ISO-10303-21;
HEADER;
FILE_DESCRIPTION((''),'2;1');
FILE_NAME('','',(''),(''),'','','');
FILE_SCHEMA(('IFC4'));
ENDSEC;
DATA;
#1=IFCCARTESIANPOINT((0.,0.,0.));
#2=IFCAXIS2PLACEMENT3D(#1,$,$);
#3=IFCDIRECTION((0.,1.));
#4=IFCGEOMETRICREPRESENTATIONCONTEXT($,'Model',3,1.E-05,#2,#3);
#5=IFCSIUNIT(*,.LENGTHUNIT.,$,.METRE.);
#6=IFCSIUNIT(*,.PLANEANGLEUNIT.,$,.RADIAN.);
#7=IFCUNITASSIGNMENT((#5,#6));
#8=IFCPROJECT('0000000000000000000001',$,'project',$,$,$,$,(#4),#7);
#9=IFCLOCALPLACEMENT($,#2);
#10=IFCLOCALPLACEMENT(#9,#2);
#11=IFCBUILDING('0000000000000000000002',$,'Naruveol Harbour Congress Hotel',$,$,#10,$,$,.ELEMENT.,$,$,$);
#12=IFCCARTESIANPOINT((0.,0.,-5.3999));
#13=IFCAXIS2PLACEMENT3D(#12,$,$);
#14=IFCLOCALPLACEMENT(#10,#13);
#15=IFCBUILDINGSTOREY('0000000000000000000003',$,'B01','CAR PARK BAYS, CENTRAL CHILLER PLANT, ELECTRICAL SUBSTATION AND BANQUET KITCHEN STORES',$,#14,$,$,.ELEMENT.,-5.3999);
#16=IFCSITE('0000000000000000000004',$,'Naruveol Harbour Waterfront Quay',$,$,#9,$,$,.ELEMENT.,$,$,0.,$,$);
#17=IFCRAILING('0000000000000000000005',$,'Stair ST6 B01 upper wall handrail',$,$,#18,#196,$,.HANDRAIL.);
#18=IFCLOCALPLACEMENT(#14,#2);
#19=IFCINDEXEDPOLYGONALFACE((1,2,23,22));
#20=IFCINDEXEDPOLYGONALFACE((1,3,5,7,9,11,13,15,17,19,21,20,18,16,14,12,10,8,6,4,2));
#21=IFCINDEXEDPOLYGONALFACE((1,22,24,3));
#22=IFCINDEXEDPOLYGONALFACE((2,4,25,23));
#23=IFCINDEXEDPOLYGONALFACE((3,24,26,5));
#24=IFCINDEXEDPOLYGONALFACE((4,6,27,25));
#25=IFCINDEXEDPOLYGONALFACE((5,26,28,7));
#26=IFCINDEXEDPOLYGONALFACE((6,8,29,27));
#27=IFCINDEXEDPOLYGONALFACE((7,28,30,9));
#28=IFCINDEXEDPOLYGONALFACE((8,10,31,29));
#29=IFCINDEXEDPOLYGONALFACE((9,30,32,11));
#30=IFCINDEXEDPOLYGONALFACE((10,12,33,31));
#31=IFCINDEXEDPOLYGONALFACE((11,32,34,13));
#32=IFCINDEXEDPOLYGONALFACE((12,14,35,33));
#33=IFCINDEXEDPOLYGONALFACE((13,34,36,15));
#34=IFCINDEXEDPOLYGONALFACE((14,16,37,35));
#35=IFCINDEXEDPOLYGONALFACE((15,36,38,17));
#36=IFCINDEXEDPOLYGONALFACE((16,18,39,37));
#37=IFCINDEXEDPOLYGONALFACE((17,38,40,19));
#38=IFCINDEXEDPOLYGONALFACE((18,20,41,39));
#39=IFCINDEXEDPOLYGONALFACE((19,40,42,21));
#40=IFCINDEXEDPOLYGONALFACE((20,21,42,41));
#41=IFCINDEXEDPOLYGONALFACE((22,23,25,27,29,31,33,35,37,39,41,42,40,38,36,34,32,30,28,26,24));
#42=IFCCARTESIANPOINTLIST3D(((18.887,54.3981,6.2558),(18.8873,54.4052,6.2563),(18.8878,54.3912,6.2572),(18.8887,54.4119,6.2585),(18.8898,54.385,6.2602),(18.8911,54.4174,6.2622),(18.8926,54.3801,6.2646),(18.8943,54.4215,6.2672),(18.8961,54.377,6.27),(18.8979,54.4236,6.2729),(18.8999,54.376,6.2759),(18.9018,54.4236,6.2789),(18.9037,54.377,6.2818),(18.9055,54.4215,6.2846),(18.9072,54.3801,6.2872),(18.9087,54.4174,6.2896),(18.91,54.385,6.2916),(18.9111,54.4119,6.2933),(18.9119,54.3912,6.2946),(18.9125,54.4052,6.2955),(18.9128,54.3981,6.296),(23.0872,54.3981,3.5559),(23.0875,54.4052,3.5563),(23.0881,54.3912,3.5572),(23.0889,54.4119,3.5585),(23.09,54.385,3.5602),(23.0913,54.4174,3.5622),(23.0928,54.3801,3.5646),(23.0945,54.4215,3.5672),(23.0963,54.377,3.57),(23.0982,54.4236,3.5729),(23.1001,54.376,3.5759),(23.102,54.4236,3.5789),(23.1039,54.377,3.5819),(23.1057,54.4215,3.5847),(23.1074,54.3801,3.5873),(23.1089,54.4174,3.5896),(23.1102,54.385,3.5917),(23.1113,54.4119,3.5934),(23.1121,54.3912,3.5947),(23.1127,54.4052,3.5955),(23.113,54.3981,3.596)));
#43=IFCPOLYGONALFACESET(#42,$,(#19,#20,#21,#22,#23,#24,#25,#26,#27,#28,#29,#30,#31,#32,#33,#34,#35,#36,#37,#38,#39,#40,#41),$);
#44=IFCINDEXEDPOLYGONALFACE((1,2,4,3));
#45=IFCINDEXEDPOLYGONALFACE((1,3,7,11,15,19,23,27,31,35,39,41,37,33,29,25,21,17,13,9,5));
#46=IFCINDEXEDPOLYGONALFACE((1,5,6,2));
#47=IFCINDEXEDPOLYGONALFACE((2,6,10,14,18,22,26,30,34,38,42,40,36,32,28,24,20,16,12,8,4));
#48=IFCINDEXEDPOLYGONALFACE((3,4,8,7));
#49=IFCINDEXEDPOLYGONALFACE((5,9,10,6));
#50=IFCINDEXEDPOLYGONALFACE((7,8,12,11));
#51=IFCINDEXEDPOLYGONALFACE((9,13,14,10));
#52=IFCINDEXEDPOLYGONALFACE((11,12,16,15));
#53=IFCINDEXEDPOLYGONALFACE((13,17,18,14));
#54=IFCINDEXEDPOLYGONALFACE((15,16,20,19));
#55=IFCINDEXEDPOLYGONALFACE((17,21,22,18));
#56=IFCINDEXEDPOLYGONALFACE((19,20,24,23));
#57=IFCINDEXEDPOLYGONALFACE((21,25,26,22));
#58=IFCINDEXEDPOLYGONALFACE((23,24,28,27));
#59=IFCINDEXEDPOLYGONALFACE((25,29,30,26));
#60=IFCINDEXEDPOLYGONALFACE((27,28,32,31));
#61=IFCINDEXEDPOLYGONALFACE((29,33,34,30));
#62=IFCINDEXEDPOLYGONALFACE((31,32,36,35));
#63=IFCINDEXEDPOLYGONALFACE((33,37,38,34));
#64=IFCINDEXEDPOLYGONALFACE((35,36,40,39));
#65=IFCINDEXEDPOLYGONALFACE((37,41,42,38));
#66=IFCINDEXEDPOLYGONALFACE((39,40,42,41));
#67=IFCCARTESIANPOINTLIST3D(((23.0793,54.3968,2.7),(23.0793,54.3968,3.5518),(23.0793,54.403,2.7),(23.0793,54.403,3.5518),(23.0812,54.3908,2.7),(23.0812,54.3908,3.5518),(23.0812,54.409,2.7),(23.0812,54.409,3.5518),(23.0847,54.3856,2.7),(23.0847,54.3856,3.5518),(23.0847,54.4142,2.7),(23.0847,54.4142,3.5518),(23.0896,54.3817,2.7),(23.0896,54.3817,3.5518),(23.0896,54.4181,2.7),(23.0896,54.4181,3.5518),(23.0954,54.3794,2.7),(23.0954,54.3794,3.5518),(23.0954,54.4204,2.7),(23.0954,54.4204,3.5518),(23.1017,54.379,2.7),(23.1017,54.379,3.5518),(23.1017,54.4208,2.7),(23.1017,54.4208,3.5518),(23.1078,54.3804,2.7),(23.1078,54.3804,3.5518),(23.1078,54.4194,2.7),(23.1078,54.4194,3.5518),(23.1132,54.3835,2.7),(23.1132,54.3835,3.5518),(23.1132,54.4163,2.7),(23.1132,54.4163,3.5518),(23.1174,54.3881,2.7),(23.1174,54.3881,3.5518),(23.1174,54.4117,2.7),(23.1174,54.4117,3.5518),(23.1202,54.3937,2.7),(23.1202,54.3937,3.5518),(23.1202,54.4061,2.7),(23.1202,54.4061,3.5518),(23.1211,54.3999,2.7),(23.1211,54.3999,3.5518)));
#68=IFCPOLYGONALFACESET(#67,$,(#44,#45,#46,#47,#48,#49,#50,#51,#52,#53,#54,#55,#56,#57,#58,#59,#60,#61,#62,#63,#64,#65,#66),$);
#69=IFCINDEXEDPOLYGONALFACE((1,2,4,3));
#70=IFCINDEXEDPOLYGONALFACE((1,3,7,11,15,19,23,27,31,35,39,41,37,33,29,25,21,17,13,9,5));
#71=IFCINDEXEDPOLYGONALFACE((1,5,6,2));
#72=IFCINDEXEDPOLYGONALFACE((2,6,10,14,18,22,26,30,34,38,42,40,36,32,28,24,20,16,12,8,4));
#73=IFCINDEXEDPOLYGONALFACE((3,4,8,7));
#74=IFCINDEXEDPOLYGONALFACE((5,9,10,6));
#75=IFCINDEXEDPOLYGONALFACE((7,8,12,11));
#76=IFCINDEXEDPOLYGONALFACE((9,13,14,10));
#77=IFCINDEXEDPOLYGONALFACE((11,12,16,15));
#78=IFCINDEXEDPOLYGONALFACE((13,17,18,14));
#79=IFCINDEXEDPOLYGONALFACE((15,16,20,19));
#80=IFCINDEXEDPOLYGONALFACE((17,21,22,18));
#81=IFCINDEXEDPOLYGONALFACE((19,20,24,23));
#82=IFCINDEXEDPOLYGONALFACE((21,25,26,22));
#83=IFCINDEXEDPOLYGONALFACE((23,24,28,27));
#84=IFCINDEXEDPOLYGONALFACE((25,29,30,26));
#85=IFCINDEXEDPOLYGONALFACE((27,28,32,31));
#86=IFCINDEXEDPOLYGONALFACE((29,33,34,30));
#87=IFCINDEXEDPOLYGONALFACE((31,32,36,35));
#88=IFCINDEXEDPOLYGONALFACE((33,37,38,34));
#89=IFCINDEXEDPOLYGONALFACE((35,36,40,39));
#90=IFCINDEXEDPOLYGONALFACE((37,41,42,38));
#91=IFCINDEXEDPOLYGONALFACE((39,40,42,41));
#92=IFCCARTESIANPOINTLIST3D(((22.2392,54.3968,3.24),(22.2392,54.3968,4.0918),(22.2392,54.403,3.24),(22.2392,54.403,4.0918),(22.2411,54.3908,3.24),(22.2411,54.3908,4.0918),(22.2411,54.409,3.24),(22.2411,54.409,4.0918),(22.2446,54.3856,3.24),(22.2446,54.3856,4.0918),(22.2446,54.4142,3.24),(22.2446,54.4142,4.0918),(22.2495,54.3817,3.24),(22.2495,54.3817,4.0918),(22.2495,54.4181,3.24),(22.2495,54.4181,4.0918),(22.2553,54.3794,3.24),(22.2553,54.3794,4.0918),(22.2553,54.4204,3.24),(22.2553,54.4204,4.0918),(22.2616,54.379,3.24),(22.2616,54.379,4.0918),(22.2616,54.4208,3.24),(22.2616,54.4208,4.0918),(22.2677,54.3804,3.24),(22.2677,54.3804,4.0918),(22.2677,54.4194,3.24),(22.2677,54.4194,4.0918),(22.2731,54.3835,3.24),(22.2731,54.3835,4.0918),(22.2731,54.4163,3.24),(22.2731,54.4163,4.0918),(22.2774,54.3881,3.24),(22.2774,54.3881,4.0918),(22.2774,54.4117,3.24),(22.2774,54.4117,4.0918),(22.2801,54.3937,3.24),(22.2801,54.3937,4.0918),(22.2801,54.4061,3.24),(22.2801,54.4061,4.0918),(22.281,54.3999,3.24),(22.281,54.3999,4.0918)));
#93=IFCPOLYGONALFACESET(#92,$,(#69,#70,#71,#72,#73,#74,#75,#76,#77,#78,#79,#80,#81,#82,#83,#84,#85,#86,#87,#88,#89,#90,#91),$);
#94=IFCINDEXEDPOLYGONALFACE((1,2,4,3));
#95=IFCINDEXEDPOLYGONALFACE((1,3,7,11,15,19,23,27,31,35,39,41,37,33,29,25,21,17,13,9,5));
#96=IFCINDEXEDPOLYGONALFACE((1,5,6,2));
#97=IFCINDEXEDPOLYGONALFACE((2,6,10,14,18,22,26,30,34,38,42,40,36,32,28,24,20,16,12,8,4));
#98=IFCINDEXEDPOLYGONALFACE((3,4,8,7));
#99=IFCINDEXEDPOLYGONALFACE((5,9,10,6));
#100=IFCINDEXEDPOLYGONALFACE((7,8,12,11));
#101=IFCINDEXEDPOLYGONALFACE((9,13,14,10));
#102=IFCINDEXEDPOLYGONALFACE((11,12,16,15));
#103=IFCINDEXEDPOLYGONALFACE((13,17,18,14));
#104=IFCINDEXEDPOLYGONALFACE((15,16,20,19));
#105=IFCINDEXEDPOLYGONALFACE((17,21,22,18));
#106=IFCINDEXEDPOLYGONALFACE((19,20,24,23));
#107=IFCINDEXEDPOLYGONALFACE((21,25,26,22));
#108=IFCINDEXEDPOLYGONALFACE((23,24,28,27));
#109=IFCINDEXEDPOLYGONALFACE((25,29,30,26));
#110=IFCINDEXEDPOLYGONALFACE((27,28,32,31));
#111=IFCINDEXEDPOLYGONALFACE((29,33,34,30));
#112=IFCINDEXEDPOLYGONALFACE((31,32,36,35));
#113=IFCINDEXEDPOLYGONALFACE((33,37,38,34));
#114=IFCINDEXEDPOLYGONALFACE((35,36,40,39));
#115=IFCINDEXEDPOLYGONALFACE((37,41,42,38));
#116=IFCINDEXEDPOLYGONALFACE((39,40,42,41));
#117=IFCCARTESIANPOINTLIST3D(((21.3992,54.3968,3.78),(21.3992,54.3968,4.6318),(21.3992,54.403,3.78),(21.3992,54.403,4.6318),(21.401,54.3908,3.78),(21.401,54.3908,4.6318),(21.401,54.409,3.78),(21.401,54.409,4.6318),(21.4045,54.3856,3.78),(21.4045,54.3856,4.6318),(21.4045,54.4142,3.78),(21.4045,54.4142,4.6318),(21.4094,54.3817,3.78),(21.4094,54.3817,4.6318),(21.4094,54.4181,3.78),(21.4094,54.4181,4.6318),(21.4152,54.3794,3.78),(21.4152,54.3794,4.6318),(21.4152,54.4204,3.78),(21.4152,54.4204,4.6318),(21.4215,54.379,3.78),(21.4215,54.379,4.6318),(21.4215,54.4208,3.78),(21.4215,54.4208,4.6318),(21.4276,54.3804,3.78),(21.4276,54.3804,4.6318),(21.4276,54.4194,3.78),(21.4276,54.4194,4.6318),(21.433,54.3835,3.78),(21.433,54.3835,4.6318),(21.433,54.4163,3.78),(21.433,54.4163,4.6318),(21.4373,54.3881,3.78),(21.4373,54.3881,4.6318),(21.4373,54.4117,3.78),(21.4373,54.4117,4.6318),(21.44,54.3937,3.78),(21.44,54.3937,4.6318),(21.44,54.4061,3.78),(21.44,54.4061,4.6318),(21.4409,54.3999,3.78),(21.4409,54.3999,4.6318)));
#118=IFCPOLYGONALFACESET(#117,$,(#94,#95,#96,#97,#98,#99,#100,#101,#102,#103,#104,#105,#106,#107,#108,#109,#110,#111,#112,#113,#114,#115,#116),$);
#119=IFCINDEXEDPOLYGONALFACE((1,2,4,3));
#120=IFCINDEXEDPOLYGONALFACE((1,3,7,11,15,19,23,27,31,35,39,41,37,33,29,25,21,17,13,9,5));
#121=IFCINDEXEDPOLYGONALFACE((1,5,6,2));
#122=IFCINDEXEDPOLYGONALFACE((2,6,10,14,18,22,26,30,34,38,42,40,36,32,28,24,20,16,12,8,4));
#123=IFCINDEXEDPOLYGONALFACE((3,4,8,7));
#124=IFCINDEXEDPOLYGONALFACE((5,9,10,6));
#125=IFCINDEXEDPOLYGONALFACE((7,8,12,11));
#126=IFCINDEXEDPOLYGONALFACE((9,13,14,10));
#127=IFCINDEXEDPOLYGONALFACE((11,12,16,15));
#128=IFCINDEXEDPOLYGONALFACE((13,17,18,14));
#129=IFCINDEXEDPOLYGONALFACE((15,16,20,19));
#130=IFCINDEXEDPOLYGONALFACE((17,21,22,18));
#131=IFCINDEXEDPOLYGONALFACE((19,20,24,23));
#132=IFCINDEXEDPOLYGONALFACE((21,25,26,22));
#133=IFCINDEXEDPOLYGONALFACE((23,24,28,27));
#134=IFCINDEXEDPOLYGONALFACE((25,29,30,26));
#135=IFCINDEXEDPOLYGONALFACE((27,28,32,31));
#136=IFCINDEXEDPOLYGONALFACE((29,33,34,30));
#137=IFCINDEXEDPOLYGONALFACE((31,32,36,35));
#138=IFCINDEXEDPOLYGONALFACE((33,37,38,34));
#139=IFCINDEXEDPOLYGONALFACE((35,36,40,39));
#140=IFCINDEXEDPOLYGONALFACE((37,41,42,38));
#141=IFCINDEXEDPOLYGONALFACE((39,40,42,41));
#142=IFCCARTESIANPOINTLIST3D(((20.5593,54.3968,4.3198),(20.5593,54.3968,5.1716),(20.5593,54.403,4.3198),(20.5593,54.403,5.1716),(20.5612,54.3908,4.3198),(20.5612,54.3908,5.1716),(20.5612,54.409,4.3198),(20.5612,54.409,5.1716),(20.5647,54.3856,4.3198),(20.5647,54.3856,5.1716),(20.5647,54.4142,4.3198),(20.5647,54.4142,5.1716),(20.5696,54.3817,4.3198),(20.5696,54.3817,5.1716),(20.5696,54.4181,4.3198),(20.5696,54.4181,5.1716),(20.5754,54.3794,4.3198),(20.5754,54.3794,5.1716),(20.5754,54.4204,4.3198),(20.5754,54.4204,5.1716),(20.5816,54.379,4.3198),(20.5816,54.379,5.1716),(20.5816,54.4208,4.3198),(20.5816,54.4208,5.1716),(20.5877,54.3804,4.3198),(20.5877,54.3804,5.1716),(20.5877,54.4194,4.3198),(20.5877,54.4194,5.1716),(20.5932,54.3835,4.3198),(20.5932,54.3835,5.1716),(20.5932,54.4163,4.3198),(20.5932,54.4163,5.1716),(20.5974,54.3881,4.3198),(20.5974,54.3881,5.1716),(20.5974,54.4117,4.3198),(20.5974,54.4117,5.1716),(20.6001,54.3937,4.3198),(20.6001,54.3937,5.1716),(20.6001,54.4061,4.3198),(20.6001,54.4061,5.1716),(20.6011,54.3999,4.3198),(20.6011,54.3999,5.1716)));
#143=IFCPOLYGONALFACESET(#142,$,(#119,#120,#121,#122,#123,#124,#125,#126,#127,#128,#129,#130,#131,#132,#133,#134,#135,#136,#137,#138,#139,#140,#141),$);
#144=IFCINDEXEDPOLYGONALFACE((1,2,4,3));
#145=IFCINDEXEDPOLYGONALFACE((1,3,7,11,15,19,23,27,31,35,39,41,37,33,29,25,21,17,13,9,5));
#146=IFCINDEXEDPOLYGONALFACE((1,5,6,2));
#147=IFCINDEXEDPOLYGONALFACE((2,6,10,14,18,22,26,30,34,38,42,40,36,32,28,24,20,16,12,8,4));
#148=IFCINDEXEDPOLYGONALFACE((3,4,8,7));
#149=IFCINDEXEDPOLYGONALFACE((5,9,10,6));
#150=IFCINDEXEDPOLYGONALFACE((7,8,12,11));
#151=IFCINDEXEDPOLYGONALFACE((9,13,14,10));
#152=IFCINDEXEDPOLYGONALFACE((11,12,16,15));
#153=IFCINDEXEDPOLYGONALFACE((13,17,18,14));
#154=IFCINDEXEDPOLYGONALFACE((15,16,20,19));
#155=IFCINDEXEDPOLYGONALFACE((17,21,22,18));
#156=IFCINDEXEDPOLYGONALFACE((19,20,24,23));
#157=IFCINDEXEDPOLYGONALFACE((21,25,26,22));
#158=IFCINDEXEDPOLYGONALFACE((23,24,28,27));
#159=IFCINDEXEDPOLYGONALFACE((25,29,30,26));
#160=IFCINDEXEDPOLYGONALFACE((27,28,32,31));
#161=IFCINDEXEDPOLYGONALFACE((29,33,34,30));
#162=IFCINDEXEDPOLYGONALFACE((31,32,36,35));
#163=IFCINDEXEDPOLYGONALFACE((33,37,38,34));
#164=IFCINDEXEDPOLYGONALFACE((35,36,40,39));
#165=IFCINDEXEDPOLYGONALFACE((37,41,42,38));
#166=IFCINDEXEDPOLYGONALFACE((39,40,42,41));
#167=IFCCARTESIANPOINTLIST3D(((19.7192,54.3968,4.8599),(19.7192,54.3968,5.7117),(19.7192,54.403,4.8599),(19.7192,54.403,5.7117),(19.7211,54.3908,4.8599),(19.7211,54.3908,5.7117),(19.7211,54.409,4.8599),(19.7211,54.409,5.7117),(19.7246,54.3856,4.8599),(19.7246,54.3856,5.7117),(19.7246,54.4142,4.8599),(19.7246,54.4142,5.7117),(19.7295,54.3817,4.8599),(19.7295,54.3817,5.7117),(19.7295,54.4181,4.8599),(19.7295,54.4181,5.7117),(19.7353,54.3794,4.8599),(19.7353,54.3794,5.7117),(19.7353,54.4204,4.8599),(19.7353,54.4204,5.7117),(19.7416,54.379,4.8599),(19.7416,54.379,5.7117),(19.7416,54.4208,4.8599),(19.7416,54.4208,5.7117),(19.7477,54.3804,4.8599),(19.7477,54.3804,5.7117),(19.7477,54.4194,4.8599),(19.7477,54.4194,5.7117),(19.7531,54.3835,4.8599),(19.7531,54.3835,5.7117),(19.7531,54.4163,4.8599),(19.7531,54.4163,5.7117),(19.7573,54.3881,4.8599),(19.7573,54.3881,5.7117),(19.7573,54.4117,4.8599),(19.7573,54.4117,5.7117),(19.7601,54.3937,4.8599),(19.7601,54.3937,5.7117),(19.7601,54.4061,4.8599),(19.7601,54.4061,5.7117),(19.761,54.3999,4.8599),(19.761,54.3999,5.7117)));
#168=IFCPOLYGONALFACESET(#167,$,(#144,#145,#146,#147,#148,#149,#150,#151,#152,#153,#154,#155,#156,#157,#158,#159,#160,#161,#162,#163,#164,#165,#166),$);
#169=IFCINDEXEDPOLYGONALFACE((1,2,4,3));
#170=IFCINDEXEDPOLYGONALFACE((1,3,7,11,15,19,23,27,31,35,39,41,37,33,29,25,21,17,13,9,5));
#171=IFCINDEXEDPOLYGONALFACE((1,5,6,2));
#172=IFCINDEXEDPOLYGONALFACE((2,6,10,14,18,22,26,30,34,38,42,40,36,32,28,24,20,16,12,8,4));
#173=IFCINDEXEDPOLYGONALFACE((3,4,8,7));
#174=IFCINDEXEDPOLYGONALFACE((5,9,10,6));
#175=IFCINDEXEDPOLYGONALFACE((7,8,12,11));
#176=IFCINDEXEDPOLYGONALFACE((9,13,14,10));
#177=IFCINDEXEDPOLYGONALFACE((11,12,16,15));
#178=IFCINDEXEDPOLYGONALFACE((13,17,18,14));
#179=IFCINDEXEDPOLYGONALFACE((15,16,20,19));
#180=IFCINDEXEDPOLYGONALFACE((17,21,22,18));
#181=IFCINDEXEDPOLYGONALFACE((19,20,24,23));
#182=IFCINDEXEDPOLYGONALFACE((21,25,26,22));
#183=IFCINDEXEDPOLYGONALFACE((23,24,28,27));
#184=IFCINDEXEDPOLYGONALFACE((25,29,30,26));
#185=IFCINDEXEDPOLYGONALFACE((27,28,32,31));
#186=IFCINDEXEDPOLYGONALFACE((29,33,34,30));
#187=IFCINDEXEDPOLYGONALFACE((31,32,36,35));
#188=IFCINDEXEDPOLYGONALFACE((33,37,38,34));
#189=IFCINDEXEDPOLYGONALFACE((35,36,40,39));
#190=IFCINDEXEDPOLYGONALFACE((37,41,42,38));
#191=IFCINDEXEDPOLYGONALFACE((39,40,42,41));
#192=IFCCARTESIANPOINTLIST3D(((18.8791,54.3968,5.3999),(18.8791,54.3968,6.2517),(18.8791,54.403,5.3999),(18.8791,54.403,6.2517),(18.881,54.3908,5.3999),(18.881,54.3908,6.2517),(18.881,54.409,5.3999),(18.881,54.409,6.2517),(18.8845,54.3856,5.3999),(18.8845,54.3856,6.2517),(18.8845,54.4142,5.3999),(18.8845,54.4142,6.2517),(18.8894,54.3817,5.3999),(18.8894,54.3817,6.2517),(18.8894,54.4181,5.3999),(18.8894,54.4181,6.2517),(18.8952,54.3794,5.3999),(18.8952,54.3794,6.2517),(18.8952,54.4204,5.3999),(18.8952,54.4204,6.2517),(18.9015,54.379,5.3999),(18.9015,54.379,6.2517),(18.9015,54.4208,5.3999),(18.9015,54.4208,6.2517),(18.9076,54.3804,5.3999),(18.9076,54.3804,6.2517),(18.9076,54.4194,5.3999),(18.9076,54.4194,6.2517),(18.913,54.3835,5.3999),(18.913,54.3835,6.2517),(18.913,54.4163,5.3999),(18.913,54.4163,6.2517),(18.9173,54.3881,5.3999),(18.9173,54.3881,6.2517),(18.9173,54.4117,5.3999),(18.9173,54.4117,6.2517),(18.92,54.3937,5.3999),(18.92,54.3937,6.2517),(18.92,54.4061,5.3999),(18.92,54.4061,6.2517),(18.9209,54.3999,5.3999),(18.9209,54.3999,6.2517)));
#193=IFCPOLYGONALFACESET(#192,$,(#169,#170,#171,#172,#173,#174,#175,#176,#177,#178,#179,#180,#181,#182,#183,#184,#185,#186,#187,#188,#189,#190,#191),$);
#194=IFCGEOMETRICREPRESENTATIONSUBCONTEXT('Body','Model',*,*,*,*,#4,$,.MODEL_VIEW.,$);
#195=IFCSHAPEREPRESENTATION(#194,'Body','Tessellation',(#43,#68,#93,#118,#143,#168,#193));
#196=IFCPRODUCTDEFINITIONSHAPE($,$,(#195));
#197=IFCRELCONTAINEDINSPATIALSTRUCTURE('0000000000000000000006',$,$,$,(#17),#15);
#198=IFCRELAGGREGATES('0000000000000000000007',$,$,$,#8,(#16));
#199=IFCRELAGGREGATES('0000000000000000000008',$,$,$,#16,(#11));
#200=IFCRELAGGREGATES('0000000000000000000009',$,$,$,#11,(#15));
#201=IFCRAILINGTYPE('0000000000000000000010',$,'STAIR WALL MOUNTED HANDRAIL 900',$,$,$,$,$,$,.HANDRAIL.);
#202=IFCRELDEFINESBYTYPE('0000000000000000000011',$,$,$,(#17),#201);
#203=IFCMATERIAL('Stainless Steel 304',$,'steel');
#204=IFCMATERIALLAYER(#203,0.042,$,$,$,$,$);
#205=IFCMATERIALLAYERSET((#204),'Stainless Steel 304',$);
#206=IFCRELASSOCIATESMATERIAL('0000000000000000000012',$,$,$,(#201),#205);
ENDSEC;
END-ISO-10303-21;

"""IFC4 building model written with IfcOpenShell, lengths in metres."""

from ifc_helpers import new_model, si_unit, direction, frame, origin, origin_2d, place, context, subcontext, project, spatial, circle, extrude, material, layer, layer_set, type_object, element, save


model = new_model("IFC4")

# Units and contexts
model_context = context("Model", 3, precision=1e-05, world=origin(), true_north=direction((0.0, 1.0)))
body_context = subcontext(model_context, "Body", "Model", "MODEL_VIEW")
ifc_project = project(units=[si_unit("LENGTHUNIT", "METRE"), si_unit("PLANEANGLEUNIT", "RADIAN")], contexts=[model_context])

# Site, building, storey
site_placement = place(None, origin())
site = spatial("IfcSite", under=ifc_project, at=site_placement, Name="Naruveol Harbour Waterfront Quay", CompositionType="ELEMENT", RefElevation=0.0)
building_placement = place(site_placement, origin())
building = spatial("IfcBuilding", under=site, at=building_placement, Name="Naruveol Harbour Congress Hotel", CompositionType="ELEMENT")
storey_placement = place(building_placement, frame((0.0, 0.0, -5.3999)))
storey = spatial("IfcBuildingStorey", under=building, at=storey_placement, Name="B01", Description="CAR PARK BAYS, CENTRAL CHILLER PLANT, ELECTRICAL SUBSTATION AND BANQUET KITCHEN STORES", CompositionType="ELEMENT", Elevation=-5.3999)

# Railing
ifc_material_1 = material(Name="Stainless Steel 304", Category="steel")
ifc_layer_1 = layer(ifc_material_1, 0.042)
ifc_layer_set_1 = layer_set([ifc_layer_1], Name="Stainless Steel 304")
railing_type_1 = type_object("IfcRailingType", Name="STAIR WALL MOUNTED HANDRAIL 900", PredefinedType="HANDRAIL", material=ifc_layer_set_1)
railing_1_placement = place(storey_placement, frame((23.1001, 54.3999, 2.7)))
element("IfcRailing", 1, at=railing_1_placement, inside=storey, type_object=railing_type_1, Name="Stair ST6 B01 upper wall handrail", PredefinedType="HANDRAIL", context=body_context, shape_type="SweptSolid", body=[
    extrude(circle(Radius=0.0239, at=origin_2d()), frame((0.0, 0.0, 0.876), z_axis=(-0.841194, 0.0, 0.540733), x_axis=(0.0, -1.0, 0.0)), (0.0, 0.0, 1.0), 4.9932),
    extrude(circle(Radius=0.021, at=origin_2d()), origin(), (0.0, 0.0, 1.0), 0.8518),
    extrude(circle(Radius=0.021, at=origin_2d()), frame((-0.8401, 0.0, 0.54)), (0.0, 0.0, 1.0), 0.8518),
    extrude(circle(Radius=0.021, at=origin_2d()), frame((-1.6802, 0.0, 1.0801)), (0.0, 0.0, 1.0), 0.8518),
    extrude(circle(Radius=0.021, at=origin_2d()), frame((-2.52, 0.0, 1.6199)), (0.0, 0.0, 1.0), 0.8518),
    extrude(circle(Radius=0.021, at=origin_2d()), frame((-3.3601, 0.0, 2.1599)), (0.0, 0.0, 1.0), 0.8518),
    extrude(circle(Radius=0.021, at=origin_2d()), frame((-4.2002, 0.0, 2.7)), (0.0, 0.0, 1.0), 0.8518),
])

save(model, "model.ifc")
